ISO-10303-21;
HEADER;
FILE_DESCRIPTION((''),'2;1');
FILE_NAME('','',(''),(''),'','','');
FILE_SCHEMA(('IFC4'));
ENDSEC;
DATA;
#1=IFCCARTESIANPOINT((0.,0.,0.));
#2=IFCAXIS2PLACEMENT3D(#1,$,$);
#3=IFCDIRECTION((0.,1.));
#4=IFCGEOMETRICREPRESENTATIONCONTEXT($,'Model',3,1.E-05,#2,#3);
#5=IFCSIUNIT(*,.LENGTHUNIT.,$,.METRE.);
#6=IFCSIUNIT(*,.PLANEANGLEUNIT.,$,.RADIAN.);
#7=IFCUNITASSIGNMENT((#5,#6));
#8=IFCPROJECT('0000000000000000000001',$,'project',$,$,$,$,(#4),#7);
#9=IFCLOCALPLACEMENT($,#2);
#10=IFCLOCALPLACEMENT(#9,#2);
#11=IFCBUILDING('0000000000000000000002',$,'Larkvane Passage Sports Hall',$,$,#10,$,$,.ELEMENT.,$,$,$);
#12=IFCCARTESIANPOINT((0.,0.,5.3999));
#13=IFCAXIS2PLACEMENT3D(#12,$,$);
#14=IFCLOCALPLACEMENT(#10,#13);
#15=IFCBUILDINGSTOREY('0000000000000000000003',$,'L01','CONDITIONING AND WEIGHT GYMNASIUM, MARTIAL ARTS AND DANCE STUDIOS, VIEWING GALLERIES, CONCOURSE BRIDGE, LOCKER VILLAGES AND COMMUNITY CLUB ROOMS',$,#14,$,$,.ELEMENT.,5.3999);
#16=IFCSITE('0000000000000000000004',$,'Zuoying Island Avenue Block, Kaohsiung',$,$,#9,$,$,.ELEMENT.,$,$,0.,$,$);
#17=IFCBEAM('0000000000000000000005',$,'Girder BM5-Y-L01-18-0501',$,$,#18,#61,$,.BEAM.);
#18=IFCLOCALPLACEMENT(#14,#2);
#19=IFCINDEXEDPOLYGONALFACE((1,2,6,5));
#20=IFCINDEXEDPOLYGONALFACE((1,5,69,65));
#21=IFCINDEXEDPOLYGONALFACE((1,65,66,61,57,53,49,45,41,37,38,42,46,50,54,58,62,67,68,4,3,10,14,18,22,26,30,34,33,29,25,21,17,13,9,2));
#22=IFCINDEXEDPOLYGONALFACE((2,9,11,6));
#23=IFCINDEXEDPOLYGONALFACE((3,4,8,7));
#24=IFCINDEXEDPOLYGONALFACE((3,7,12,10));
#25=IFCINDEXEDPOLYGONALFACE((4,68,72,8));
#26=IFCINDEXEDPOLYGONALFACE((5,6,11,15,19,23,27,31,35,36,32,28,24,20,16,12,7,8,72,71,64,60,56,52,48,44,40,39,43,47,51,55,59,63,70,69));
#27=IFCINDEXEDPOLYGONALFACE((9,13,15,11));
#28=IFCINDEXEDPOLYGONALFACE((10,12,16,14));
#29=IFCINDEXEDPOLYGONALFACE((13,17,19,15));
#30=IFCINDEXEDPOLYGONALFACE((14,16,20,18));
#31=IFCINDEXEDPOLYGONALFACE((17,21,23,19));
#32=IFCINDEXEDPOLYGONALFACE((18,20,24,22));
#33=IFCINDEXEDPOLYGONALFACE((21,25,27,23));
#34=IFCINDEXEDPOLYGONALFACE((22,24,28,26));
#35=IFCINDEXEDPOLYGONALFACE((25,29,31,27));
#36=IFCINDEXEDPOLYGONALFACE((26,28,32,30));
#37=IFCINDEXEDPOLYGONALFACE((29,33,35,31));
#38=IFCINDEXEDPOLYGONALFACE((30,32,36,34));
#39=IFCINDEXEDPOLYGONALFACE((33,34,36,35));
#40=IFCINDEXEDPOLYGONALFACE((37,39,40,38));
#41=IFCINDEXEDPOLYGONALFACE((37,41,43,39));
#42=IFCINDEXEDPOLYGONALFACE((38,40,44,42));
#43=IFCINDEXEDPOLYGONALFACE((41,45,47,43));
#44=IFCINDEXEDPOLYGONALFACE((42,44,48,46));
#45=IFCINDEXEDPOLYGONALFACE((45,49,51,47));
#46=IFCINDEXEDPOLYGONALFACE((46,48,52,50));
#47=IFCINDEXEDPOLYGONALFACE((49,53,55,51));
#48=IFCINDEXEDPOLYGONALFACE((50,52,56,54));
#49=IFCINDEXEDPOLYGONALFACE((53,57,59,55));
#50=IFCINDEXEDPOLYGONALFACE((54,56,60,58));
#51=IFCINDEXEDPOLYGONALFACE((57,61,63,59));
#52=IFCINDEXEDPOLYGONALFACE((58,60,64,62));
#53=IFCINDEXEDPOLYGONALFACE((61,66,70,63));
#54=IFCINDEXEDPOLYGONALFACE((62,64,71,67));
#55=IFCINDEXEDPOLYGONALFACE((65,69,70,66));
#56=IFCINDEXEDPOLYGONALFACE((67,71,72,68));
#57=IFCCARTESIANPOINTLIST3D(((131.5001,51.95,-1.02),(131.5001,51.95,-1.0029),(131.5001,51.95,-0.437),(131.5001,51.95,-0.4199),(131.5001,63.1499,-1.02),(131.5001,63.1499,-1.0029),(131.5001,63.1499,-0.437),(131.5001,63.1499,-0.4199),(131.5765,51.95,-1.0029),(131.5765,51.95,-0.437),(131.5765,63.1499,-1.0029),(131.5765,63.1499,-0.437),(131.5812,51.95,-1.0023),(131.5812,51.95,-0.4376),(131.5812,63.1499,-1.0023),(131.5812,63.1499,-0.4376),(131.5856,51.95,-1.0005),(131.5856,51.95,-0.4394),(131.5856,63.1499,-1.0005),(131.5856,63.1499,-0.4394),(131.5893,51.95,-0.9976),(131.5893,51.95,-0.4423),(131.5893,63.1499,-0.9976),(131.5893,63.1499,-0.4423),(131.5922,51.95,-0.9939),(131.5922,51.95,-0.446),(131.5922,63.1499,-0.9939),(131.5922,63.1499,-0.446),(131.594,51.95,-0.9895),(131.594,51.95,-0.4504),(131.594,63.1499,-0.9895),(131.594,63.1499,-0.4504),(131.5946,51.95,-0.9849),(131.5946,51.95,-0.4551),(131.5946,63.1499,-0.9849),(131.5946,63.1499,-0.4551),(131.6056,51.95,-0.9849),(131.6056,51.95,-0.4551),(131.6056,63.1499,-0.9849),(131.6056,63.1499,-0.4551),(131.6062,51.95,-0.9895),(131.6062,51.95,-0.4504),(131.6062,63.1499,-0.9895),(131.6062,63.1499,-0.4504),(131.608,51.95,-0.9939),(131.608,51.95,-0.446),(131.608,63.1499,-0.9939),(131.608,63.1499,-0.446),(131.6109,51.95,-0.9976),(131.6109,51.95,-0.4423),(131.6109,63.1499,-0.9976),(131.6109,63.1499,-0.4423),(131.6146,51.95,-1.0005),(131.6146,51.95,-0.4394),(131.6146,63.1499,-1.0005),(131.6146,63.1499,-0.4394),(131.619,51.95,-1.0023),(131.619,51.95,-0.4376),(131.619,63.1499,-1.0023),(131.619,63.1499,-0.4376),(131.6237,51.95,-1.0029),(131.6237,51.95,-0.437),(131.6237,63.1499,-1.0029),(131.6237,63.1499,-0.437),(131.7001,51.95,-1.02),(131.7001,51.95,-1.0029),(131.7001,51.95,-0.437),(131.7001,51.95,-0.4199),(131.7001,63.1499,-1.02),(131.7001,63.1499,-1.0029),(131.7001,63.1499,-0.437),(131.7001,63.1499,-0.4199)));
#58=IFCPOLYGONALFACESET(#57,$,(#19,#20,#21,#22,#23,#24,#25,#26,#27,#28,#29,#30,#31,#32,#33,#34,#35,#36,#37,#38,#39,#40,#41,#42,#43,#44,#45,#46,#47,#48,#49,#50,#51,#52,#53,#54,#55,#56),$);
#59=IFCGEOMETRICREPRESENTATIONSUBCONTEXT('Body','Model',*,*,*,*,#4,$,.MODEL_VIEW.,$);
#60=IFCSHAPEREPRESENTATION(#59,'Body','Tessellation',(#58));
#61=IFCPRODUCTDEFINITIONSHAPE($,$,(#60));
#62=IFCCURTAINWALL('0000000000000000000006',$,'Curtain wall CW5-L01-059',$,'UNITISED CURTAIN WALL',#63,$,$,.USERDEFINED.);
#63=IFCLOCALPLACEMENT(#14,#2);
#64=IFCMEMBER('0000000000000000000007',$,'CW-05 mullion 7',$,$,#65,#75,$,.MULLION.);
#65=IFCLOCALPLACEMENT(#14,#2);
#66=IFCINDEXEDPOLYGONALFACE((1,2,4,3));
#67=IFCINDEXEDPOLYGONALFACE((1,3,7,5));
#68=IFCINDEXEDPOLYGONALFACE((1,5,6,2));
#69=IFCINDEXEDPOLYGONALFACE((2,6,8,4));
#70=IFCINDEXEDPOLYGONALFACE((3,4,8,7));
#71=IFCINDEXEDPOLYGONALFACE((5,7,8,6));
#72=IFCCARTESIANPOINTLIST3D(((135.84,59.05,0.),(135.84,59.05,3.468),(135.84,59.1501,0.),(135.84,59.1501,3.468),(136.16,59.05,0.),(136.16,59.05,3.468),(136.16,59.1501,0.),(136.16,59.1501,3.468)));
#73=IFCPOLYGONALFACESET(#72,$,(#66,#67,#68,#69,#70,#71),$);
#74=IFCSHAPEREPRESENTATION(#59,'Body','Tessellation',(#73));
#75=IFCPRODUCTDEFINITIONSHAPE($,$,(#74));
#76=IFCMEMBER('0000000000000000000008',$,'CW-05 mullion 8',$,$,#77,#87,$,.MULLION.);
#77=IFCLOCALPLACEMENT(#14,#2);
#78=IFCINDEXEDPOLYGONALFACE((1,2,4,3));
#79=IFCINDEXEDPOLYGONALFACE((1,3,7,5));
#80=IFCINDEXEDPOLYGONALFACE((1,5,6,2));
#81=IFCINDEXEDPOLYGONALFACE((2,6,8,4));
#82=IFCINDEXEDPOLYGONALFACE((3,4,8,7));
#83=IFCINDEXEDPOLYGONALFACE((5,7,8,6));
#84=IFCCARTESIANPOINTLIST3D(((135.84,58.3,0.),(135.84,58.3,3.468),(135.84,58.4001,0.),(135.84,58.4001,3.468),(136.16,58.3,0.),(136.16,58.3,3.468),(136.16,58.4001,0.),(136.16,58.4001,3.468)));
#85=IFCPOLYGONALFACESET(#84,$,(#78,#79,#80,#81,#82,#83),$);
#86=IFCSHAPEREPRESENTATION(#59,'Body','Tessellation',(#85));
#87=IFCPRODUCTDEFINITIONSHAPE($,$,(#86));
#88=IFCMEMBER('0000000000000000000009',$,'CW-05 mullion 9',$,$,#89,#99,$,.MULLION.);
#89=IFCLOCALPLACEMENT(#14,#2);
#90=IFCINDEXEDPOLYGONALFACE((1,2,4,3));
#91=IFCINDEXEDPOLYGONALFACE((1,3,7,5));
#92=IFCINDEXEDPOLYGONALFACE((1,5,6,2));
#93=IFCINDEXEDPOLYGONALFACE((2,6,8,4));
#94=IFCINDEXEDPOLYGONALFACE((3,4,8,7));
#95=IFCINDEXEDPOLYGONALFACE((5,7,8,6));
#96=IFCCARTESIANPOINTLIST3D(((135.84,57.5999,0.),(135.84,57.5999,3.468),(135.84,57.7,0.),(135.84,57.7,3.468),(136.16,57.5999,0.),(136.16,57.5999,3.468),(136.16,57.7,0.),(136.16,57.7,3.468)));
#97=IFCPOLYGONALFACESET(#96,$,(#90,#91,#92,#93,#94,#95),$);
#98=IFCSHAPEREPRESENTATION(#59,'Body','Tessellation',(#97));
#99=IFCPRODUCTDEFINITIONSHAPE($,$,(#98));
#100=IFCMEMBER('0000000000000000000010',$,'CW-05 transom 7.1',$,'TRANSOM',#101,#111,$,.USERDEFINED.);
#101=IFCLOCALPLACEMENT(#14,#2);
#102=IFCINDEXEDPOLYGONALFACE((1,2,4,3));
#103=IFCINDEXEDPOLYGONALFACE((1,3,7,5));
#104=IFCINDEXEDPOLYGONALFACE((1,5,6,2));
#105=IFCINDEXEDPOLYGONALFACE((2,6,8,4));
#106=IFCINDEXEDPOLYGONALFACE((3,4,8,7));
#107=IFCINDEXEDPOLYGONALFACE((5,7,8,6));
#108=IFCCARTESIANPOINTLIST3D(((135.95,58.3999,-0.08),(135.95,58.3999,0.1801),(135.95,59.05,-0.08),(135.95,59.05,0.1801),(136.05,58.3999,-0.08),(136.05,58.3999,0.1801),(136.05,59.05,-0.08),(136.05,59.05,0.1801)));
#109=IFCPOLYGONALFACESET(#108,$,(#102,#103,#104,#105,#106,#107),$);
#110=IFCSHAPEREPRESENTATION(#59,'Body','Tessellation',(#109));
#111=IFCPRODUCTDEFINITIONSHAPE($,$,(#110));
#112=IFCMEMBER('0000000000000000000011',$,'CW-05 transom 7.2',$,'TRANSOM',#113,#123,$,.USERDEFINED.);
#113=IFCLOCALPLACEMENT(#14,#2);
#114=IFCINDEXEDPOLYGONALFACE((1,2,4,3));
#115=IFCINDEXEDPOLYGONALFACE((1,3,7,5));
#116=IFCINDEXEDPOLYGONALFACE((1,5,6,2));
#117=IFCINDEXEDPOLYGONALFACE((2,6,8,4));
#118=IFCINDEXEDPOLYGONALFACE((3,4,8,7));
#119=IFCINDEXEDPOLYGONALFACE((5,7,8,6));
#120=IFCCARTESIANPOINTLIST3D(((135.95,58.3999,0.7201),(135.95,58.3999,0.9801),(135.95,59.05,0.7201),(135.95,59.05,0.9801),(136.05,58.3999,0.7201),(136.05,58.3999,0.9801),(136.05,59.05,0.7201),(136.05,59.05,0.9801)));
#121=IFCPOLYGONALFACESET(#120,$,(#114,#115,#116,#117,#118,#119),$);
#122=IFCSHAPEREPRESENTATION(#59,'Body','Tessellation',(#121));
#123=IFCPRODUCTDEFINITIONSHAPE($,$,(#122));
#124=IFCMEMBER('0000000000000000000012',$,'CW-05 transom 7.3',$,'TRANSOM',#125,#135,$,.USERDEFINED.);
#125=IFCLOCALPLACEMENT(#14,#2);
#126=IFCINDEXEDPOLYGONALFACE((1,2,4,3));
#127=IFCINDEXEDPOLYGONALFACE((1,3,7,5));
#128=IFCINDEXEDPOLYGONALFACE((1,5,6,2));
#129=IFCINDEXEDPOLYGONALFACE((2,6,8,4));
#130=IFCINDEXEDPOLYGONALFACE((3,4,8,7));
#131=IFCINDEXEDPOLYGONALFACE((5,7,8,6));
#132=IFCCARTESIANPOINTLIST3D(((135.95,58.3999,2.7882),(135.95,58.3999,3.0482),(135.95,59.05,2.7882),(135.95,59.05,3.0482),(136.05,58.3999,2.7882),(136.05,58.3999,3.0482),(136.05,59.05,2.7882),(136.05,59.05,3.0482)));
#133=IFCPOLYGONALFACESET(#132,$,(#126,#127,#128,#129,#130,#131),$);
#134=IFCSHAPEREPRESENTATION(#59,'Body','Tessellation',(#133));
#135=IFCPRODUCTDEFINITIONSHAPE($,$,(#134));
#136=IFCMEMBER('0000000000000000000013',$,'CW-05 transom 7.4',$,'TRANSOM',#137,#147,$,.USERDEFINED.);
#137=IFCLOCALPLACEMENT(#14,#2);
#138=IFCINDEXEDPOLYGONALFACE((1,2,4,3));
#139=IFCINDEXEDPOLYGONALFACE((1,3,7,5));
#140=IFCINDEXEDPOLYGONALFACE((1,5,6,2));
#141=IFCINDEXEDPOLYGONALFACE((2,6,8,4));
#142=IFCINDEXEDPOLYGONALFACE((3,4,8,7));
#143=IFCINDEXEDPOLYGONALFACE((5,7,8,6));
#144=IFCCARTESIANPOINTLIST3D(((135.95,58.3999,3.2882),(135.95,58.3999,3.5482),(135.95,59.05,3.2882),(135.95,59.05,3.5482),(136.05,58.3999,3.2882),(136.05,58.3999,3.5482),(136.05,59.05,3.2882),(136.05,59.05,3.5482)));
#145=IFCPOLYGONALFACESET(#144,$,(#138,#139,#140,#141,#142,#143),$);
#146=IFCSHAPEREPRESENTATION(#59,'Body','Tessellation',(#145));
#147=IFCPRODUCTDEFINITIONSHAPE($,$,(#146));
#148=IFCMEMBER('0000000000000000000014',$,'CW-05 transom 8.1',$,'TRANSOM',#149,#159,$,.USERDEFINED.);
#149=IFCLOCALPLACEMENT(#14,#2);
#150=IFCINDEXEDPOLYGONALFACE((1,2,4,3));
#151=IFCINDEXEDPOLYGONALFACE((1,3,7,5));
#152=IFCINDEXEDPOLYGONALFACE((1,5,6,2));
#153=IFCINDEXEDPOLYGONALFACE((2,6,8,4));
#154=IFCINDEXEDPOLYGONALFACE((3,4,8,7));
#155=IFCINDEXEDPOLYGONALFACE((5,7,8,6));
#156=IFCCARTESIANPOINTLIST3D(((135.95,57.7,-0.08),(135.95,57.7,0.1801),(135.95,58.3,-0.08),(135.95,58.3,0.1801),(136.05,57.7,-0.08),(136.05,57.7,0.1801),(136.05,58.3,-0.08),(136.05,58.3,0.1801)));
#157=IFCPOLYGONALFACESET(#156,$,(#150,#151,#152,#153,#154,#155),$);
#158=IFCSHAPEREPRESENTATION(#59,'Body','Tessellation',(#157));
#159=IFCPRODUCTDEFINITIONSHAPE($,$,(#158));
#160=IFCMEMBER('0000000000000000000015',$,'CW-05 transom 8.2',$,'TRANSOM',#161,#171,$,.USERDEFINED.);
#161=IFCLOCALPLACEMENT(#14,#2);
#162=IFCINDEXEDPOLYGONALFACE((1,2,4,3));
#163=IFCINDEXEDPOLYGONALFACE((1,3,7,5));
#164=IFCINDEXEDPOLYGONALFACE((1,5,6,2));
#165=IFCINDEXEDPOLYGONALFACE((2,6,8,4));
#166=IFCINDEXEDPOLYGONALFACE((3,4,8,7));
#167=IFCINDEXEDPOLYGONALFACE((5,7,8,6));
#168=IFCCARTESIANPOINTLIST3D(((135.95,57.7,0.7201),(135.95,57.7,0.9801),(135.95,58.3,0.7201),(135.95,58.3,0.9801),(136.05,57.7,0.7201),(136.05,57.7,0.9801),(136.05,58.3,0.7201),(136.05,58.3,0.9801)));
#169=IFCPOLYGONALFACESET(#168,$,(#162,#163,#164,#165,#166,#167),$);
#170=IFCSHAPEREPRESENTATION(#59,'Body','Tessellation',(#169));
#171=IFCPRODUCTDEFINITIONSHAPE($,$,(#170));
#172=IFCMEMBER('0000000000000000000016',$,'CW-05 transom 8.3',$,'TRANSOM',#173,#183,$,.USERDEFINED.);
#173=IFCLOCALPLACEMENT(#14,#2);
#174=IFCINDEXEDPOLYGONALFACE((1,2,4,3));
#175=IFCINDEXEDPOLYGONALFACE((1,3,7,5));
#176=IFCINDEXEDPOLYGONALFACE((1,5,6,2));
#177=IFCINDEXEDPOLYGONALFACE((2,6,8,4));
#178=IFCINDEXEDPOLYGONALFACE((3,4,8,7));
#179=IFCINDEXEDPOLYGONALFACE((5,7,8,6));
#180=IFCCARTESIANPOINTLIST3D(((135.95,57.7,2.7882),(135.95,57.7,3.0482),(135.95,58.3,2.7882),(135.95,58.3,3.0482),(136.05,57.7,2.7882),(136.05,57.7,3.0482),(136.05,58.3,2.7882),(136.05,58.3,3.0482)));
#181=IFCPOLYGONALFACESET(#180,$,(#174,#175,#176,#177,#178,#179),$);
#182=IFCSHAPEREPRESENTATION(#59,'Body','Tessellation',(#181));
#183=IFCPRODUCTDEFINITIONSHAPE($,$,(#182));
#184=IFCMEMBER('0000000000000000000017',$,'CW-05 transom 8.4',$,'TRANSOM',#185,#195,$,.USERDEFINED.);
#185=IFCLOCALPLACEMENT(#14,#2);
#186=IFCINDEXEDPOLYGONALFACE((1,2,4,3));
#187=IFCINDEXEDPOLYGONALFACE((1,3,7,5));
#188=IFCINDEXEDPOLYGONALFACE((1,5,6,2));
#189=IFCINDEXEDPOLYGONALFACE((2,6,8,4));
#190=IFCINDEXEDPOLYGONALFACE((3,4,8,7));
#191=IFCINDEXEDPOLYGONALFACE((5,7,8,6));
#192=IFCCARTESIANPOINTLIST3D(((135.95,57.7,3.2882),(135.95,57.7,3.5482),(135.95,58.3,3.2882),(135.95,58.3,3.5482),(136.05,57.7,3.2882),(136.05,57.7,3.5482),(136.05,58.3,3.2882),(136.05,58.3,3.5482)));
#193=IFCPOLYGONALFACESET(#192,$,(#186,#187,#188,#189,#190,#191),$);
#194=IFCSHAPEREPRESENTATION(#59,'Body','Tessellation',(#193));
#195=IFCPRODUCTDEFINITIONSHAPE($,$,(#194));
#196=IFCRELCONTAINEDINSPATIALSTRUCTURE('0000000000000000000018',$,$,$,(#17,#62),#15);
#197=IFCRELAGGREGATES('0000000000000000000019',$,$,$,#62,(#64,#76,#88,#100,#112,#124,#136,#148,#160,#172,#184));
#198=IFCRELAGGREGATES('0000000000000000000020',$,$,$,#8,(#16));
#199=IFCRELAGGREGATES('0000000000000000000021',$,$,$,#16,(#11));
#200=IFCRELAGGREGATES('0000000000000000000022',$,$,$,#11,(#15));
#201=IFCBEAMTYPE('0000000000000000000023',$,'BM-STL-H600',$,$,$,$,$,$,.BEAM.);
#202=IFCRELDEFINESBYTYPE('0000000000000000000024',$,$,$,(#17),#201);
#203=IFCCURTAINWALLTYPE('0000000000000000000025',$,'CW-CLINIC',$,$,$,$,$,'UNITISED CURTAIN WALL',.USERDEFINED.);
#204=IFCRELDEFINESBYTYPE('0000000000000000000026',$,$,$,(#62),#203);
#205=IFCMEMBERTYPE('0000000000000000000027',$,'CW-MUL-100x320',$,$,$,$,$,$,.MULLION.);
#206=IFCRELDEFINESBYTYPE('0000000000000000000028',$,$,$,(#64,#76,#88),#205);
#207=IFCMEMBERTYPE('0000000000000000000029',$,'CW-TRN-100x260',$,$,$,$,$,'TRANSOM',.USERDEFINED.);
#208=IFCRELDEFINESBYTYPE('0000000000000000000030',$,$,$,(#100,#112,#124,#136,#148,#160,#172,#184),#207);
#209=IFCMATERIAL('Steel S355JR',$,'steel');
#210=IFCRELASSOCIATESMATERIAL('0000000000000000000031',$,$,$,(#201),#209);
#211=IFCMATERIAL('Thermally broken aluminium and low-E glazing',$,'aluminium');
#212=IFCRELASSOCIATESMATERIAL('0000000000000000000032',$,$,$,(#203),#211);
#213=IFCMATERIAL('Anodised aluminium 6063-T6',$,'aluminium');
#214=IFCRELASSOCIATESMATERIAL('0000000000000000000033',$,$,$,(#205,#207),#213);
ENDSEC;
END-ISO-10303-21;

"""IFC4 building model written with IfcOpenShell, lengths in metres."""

from ifc_helpers import new_model, si_unit, direction, frame, origin, origin_2d, place, context, subcontext, project, spatial, rectangle, i_section, extrude, material, material_profile, profile_set, type_object, element, aggregate, save


model = new_model("IFC4")

# Units and contexts
model_context = context("Model", 3, precision=1e-05, world=origin(), true_north=direction((0.0, 1.0)))
body_context = subcontext(model_context, "Body", "Model", "MODEL_VIEW")
ifc_project = project(units=[si_unit("LENGTHUNIT", "METRE"), si_unit("PLANEANGLEUNIT", "RADIAN")], contexts=[model_context])

# Site, building, storey
site_placement = place(None, origin())
site = spatial("IfcSite", under=ifc_project, at=site_placement, Name="Zuoying Island Avenue Block, Kaohsiung", CompositionType="ELEMENT", RefElevation=0.0)
building_placement = place(site_placement, origin())
building = spatial("IfcBuilding", under=site, at=building_placement, Name="Larkvane Passage Sports Hall", CompositionType="ELEMENT")
storey_placement = place(building_placement, frame((0.0, 0.0, 5.3999)))
storey = spatial("IfcBuildingStorey", under=building, at=storey_placement, Name="L01", Description="CONDITIONING AND WEIGHT GYMNASIUM, MARTIAL ARTS AND DANCE STUDIOS, VIEWING GALLERIES, CONCOURSE BRIDGE, LOCKER VILLAGES AND COMMUNITY CLUB ROOMS", CompositionType="ELEMENT", Elevation=5.3999)

# Beam
ifc_material_1 = material(Name="Steel S355JR", Category="steel")
ifc_material_profile_1 = material_profile(ifc_material_1, i_section(OverallWidth=0.2, OverallDepth=0.6001, WebThickness=0.011, FlangeThickness=0.0171, FilletRadius=0.0181, at=origin_2d()), Name="H-600x200x11x17")
ifc_profile_set_1 = profile_set([ifc_material_profile_1], Name="Steel S355JR")
beam_type_1 = type_object("IfcBeamType", Name="BM-STL-H600", PredefinedType="BEAM", material=ifc_profile_set_1)
beam_1_placement = place(storey_placement, frame((131.6001, 51.95, -0.72), z_axis=(0.0, 1.0, 0.0), x_axis=(-1.0, 0.0, 0.0)))
element("IfcBeam", 1, at=beam_1_placement, inside=storey, type_object=beam_type_1, Name="Girder BM5-Y-L01-18-0501", PredefinedType="BEAM", context=body_context, shape_type="SweptSolid", body=[
    extrude(i_section(OverallWidth=0.2, OverallDepth=0.6001, WebThickness=0.011, FlangeThickness=0.0171, FilletRadius=0.0181, at=origin_2d()), origin(), (0.0, 0.0, 1.0), 11.2),
])

# Curtain wall, members
ifc_material_2 = material(Name="Thermally broken aluminium and low-E glazing", Category="aluminium")
curtain_wall_type = type_object("IfcCurtainWallType", Name="CW-CLINIC", ElementType="UNITISED CURTAIN WALL", PredefinedType="USERDEFINED", material=ifc_material_2)
curtain_wall_placement = place(storey_placement, origin())
curtain_wall = element("IfcCurtainWall", 2, at=curtain_wall_placement, inside=storey, type_object=curtain_wall_type, Name="Curtain wall CW5-L01-059", ObjectType="UNITISED CURTAIN WALL", PredefinedType="USERDEFINED")
ifc_material_3 = material(Name="Anodised aluminium 6063-T6", Category="aluminium")
ifc_material_profile_2 = material_profile(ifc_material_3, rectangle(XDim=0.1001, YDim=0.3201, at=origin_2d()), Name="ALU-MUL-100x320")
ifc_profile_set_2 = profile_set([ifc_material_profile_2], Name="Anodised aluminium 6063-T6")
member_type_1 = type_object("IfcMemberType", Name="CW-MUL-100x320", PredefinedType="MULLION", material=ifc_profile_set_2)
member_1_placement = place(storey_placement, frame((136.0, 59.1001, 0.0), z_axis=(0.0, 0.0, 1.0), x_axis=(0.0, -1.0, 0.0)))
member_1 = element("IfcMember", 3, at=member_1_placement, type_object=member_type_1, Name="CW-05 mullion 7", PredefinedType="MULLION", context=body_context, shape_type="SweptSolid", body=[
    extrude(rectangle(XDim=0.1001, YDim=0.3201, at=origin_2d()), origin(), (0.0, 0.0, 1.0), 3.468),
])
member_2_placement = place(storey_placement, frame((136.0, 58.3501, 0.0), z_axis=(0.0, 0.0, 1.0), x_axis=(0.0, -1.0, 0.0)))
member_2 = element("IfcMember", 4, at=member_2_placement, type_object=member_type_1, Name="CW-05 mullion 8", PredefinedType="MULLION", context=body_context, shape_type="SweptSolid", body=[
    extrude(rectangle(XDim=0.1001, YDim=0.3201, at=origin_2d()), origin(), (0.0, 0.0, 1.0), 3.468),
])
member_3_placement = place(storey_placement, frame((136.0, 57.6499, 0.0), z_axis=(0.0, 0.0, 1.0), x_axis=(0.0, -1.0, 0.0)))
member_3 = element("IfcMember", 5, at=member_3_placement, type_object=member_type_1, Name="CW-05 mullion 9", PredefinedType="MULLION", context=body_context, shape_type="SweptSolid", body=[
    extrude(rectangle(XDim=0.1001, YDim=0.3201, at=origin_2d()), origin(), (0.0, 0.0, 1.0), 3.468),
])
ifc_material_profile_3 = material_profile(ifc_material_3, rectangle(XDim=0.1001, YDim=0.26, at=origin_2d()), Name="ALU-TRN-100x260")
ifc_profile_set_3 = profile_set([ifc_material_profile_3], Name="Anodised aluminium 6063-T6")
member_type_2 = type_object("IfcMemberType", Name="CW-TRN-100x260", ElementType="TRANSOM", PredefinedType="USERDEFINED", material=ifc_profile_set_3)
member_4_placement = place(storey_placement, frame((136.0, 59.05, 0.05), z_axis=(0.0, -1.0, 0.0), x_axis=(1.0, 0.0, 0.0)))
member_4 = element("IfcMember", 6, at=member_4_placement, type_object=member_type_2, Name="CW-05 transom 7.1", ObjectType="TRANSOM", PredefinedType="USERDEFINED", context=body_context, shape_type="SweptSolid", body=[
    extrude(rectangle(XDim=0.1001, YDim=0.26, at=origin_2d()), origin(), (0.0, 0.0, 1.0), 0.6501),
])
member_5_placement = place(storey_placement, frame((136.0, 59.05, 0.8501), z_axis=(0.0, -1.0, 0.0), x_axis=(1.0, 0.0, 0.0)))
member_5 = element("IfcMember", 7, at=member_5_placement, type_object=member_type_2, Name="CW-05 transom 7.2", ObjectType="TRANSOM", PredefinedType="USERDEFINED", context=body_context, shape_type="SweptSolid", body=[
    extrude(rectangle(XDim=0.1001, YDim=0.26, at=origin_2d()), origin(), (0.0, 0.0, 1.0), 0.6501),
])
member_6_placement = place(storey_placement, frame((136.0, 59.05, 2.9182), z_axis=(0.0, -1.0, 0.0), x_axis=(1.0, 0.0, 0.0)))
member_6 = element("IfcMember", 8, at=member_6_placement, type_object=member_type_2, Name="CW-05 transom 7.3", ObjectType="TRANSOM", PredefinedType="USERDEFINED", context=body_context, shape_type="SweptSolid", body=[
    extrude(rectangle(XDim=0.1001, YDim=0.26, at=origin_2d()), origin(), (0.0, 0.0, 1.0), 0.6501),
])
member_7_placement = place(storey_placement, frame((136.0, 59.05, 3.4182), z_axis=(0.0, -1.0, 0.0), x_axis=(1.0, 0.0, 0.0)))
member_7 = element("IfcMember", 9, at=member_7_placement, type_object=member_type_2, Name="CW-05 transom 7.4", ObjectType="TRANSOM", PredefinedType="USERDEFINED", context=body_context, shape_type="SweptSolid", body=[
    extrude(rectangle(XDim=0.1001, YDim=0.26, at=origin_2d()), origin(), (0.0, 0.0, 1.0), 0.6501),
])
member_8_placement = place(storey_placement, frame((136.0, 58.3, 0.05), z_axis=(0.0, -1.0, 0.0), x_axis=(1.0, 0.0, 0.0)))
member_8 = element("IfcMember", 10, at=member_8_placement, type_object=member_type_2, Name="CW-05 transom 8.1", ObjectType="TRANSOM", PredefinedType="USERDEFINED", context=body_context, shape_type="SweptSolid", body=[
    extrude(rectangle(XDim=0.1001, YDim=0.26, at=origin_2d()), origin(), (0.0, 0.0, 1.0), 0.6001),
])
member_9_placement = place(storey_placement, frame((136.0, 58.3, 0.8501), z_axis=(0.0, -1.0, 0.0), x_axis=(1.0, 0.0, 0.0)))
member_9 = element("IfcMember", 11, at=member_9_placement, type_object=member_type_2, Name="CW-05 transom 8.2", ObjectType="TRANSOM", PredefinedType="USERDEFINED", context=body_context, shape_type="SweptSolid", body=[
    extrude(rectangle(XDim=0.1001, YDim=0.26, at=origin_2d()), origin(), (0.0, 0.0, 1.0), 0.6001),
])
member_10_placement = place(storey_placement, frame((136.0, 58.3, 2.9182), z_axis=(0.0, -1.0, 0.0), x_axis=(1.0, 0.0, 0.0)))
member_10 = element("IfcMember", 12, at=member_10_placement, type_object=member_type_2, Name="CW-05 transom 8.3", ObjectType="TRANSOM", PredefinedType="USERDEFINED", context=body_context, shape_type="SweptSolid", body=[
    extrude(rectangle(XDim=0.1001, YDim=0.26, at=origin_2d()), origin(), (0.0, 0.0, 1.0), 0.6001),
])
member_11_placement = place(storey_placement, frame((136.0, 58.3, 3.4182), z_axis=(0.0, -1.0, 0.0), x_axis=(1.0, 0.0, 0.0)))
member_11 = element("IfcMember", 13, at=member_11_placement, type_object=member_type_2, Name="CW-05 transom 8.4", ObjectType="TRANSOM", PredefinedType="USERDEFINED", context=body_context, shape_type="SweptSolid", body=[
    extrude(rectangle(XDim=0.1001, YDim=0.26, at=origin_2d()), origin(), (0.0, 0.0, 1.0), 0.6001),
])

aggregate(curtain_wall, [member_1, member_2, member_3, member_4, member_5, member_6, member_7, member_8, member_9, member_10, member_11])

save(model, "model.ifc")
